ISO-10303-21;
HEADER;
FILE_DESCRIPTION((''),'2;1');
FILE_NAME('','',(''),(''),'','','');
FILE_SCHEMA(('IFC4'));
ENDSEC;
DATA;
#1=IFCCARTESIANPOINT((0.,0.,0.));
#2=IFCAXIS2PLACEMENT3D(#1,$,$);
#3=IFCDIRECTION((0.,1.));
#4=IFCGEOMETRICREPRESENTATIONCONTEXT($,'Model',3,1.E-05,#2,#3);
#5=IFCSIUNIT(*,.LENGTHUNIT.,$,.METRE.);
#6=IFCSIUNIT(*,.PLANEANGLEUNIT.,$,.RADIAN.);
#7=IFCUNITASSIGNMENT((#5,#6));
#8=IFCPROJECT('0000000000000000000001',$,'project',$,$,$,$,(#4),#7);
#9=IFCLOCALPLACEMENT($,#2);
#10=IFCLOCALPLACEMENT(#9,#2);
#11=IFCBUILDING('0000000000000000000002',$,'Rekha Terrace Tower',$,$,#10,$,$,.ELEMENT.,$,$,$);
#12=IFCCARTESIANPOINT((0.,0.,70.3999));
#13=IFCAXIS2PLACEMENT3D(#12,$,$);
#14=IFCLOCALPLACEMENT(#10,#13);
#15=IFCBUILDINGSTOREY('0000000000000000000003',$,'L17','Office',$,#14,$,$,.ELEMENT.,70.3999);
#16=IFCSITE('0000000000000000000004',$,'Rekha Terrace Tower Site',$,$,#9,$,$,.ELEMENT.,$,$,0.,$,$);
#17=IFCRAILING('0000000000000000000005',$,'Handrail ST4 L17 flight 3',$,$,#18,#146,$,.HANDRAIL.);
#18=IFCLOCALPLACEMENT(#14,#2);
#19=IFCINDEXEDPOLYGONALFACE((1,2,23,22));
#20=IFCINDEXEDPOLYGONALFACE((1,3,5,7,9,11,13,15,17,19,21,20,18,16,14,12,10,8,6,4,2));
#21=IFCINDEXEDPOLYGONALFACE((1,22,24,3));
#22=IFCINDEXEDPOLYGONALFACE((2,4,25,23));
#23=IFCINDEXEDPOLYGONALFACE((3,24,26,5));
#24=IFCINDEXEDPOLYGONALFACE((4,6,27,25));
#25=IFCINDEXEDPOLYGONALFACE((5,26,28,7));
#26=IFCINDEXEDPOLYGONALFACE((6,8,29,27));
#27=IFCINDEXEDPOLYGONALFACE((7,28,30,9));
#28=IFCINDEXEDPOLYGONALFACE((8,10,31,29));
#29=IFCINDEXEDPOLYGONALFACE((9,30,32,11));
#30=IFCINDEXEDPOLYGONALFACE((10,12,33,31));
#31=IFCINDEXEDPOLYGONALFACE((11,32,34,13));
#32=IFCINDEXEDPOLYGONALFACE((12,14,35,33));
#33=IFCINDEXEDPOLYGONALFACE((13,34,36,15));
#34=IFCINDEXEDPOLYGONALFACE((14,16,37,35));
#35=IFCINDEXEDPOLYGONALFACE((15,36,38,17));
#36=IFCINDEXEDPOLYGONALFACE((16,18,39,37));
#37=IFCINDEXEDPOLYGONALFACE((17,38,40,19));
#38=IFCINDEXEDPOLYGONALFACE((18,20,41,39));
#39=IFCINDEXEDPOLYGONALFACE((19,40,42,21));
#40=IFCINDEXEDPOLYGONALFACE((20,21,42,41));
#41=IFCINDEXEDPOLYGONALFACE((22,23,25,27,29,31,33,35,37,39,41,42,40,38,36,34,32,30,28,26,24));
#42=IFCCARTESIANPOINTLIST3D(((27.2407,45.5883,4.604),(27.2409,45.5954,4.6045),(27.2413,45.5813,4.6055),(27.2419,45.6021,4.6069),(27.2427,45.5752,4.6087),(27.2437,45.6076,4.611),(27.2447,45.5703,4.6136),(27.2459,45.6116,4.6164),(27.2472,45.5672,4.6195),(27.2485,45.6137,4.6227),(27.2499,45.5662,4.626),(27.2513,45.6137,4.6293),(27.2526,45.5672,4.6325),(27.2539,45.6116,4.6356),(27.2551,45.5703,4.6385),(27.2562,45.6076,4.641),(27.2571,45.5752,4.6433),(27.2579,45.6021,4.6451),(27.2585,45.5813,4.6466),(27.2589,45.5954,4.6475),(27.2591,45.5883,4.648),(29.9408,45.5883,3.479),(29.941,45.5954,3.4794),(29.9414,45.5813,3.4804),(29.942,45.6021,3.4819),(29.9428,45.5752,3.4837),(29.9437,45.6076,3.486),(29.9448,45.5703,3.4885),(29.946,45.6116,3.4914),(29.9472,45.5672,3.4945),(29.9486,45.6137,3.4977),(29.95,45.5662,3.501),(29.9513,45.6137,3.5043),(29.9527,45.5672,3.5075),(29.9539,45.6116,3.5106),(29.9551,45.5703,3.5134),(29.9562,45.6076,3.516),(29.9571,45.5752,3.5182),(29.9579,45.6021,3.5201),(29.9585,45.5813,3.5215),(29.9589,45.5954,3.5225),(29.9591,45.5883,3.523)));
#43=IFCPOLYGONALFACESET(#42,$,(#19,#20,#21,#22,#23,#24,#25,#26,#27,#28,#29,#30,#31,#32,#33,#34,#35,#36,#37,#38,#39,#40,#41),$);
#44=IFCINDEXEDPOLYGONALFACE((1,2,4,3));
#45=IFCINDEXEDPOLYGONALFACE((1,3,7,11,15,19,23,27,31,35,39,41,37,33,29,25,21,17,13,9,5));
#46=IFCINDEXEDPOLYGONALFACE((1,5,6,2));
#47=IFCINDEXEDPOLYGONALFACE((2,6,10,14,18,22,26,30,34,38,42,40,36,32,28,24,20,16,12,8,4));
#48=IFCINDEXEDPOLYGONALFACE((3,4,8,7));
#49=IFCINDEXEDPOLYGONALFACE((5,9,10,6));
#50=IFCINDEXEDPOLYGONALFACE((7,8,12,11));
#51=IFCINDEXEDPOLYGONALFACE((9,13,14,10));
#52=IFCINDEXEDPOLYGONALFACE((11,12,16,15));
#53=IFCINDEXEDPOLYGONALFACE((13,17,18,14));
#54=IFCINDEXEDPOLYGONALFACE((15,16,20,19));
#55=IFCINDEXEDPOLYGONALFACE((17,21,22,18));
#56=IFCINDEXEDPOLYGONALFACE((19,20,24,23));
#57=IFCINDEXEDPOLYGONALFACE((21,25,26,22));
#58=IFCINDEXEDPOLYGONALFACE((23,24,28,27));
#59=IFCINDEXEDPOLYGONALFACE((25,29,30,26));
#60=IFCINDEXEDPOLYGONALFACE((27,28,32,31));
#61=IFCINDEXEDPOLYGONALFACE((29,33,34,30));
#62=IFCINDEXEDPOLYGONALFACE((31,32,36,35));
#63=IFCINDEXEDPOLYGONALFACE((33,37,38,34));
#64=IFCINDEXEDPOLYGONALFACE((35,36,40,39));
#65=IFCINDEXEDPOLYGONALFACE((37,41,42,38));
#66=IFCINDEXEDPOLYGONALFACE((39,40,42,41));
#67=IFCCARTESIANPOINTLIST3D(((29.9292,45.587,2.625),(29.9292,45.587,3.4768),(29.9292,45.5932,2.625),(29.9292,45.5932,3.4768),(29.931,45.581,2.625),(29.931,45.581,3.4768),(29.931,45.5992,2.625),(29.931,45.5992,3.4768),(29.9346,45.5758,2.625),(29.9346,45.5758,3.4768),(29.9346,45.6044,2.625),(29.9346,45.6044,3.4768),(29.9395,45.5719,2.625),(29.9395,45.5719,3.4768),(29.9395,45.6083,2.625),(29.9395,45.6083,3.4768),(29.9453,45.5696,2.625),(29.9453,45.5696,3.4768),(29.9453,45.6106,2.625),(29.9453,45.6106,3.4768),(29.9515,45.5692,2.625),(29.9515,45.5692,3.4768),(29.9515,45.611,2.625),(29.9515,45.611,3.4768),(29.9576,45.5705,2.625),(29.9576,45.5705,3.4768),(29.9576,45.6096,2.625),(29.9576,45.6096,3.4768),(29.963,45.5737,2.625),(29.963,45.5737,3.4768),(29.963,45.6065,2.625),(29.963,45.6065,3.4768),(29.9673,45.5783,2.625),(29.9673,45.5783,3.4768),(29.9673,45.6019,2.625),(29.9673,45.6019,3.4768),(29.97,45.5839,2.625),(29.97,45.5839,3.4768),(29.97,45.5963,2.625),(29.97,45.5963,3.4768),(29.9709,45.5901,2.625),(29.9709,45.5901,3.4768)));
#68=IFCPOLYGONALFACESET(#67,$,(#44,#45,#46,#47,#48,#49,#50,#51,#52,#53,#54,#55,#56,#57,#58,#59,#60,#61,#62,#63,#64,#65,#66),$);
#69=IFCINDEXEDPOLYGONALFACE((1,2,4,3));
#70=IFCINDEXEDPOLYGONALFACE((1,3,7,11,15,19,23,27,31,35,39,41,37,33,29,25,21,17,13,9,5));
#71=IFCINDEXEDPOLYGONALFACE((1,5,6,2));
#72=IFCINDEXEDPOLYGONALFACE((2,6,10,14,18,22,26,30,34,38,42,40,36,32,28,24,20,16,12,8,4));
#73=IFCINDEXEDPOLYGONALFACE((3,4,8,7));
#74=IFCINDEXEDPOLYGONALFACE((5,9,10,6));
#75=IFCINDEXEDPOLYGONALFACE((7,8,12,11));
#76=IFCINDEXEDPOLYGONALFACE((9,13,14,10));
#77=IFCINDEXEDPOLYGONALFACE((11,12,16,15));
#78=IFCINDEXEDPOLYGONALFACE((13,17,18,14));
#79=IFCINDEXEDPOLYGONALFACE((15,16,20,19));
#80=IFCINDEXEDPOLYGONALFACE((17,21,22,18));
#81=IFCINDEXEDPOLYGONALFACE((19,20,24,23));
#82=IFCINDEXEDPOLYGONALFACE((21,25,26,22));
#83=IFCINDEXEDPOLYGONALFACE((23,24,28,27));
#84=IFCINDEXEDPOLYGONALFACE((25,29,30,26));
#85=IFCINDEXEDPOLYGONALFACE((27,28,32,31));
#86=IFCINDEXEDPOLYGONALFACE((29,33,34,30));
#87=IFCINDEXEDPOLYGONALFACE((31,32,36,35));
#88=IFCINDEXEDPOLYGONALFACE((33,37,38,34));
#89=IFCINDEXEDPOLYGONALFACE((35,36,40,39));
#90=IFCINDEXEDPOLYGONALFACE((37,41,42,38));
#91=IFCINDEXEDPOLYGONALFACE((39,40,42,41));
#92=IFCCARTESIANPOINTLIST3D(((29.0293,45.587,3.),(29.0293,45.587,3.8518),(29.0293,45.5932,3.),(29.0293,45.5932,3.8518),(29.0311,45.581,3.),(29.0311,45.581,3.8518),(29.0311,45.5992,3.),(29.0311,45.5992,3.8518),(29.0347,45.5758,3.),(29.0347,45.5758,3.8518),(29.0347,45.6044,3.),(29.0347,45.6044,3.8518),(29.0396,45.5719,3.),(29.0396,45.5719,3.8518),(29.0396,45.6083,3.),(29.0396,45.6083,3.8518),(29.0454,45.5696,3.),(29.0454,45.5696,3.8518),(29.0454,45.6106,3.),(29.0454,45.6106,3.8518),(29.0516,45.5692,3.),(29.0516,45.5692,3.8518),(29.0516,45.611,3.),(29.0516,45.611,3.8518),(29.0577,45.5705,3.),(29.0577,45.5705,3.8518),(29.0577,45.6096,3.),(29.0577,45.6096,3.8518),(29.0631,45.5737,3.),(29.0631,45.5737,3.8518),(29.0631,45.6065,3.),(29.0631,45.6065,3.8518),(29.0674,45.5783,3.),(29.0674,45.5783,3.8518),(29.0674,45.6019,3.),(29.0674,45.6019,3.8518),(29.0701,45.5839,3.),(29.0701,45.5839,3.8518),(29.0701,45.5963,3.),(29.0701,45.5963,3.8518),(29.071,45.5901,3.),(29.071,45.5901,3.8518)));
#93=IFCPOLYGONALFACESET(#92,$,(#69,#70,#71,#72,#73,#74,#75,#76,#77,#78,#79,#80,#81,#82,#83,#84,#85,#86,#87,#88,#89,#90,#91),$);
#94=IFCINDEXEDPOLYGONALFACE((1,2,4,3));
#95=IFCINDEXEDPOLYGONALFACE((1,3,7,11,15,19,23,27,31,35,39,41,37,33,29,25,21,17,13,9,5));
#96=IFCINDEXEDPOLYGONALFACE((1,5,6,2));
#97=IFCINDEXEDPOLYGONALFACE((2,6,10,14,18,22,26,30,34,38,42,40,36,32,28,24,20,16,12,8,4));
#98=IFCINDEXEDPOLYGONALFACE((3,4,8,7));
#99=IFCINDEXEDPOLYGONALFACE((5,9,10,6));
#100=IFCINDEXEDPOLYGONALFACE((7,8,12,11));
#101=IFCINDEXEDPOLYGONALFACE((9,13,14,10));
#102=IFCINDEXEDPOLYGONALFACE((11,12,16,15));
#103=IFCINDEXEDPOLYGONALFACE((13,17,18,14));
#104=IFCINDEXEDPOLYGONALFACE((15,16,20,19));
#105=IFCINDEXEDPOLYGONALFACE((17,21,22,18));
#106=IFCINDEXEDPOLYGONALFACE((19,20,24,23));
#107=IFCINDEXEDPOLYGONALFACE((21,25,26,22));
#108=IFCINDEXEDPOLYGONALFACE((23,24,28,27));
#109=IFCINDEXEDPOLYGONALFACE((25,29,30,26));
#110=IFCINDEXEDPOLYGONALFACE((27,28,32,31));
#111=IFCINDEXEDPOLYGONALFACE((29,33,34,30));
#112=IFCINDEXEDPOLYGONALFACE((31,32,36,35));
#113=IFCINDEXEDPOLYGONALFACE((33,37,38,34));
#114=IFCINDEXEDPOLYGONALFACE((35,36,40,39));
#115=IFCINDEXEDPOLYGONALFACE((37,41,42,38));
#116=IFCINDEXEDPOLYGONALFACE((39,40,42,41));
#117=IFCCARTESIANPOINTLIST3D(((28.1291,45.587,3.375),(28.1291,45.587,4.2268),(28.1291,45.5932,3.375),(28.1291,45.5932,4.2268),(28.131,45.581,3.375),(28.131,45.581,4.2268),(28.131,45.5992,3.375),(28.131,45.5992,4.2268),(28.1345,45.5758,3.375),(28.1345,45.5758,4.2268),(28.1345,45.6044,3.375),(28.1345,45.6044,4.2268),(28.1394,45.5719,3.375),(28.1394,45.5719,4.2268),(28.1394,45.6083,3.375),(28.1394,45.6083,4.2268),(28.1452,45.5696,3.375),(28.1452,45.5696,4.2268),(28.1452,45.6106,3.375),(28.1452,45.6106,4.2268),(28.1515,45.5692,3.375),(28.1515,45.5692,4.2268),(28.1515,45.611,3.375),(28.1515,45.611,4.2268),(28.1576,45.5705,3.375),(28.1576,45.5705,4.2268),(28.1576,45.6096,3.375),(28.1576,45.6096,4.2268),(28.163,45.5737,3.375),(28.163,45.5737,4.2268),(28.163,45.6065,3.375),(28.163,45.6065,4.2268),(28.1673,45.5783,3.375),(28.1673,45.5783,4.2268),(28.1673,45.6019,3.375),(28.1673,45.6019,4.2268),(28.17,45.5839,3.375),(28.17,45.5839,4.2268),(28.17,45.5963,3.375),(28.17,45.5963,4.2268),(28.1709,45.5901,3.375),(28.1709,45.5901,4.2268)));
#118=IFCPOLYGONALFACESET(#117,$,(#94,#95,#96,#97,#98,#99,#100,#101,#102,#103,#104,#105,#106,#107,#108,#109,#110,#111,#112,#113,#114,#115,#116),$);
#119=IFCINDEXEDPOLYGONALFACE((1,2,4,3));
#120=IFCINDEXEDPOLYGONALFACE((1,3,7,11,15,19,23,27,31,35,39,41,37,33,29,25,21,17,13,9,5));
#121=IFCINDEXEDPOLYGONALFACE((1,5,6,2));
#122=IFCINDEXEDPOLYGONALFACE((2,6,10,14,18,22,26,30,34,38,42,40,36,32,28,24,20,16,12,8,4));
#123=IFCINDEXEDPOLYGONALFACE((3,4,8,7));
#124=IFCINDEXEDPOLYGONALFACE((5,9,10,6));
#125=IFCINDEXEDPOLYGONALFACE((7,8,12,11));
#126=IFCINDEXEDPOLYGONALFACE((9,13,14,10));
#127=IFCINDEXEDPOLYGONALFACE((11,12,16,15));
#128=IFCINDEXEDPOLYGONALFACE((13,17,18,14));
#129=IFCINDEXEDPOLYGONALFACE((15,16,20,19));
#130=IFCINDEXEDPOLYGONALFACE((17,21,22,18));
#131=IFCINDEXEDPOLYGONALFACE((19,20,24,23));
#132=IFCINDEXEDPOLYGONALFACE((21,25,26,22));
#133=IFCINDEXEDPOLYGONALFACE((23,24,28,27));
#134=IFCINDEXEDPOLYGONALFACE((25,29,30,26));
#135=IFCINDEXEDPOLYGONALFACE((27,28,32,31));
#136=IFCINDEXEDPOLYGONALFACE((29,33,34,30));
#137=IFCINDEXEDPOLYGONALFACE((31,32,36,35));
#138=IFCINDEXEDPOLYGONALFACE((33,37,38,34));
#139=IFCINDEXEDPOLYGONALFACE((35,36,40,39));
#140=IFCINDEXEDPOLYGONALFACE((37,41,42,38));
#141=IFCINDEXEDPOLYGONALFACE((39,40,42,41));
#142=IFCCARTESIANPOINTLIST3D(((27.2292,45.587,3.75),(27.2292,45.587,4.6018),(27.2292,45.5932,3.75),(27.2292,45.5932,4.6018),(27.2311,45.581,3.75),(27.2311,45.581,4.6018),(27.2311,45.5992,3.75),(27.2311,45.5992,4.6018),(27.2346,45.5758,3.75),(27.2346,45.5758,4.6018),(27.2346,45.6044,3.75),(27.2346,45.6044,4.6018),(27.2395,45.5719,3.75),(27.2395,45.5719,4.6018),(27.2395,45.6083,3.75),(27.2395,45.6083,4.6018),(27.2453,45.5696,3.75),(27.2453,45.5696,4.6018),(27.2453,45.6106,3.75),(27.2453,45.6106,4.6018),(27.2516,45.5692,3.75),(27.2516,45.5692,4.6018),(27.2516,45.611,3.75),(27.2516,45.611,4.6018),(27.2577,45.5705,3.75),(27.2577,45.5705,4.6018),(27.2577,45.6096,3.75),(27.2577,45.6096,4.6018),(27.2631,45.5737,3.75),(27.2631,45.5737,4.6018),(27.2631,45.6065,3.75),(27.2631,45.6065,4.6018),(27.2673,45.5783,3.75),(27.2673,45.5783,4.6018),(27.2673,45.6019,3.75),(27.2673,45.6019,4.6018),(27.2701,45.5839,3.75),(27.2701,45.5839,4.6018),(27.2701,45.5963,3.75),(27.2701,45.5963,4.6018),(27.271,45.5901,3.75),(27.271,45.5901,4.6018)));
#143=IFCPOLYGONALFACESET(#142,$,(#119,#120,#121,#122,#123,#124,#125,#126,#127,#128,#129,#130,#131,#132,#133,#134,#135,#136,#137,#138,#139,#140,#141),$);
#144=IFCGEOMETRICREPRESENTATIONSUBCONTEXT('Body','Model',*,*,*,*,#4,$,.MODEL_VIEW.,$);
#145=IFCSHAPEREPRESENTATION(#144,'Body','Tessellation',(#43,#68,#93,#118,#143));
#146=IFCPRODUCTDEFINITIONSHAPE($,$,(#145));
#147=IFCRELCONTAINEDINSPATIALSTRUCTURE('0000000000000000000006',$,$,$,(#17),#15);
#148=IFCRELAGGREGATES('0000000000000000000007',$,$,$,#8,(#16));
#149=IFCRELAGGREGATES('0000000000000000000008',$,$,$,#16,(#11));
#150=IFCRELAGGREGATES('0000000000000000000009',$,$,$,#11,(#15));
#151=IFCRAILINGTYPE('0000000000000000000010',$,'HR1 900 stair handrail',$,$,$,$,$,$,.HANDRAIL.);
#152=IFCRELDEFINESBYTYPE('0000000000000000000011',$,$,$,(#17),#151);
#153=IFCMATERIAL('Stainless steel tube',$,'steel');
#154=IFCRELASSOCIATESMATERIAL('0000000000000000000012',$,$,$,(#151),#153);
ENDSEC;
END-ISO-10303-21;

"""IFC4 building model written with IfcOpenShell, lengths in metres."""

from ifc_helpers import new_model, si_unit, direction, frame, origin, origin_2d, place, context, subcontext, project, spatial, circle, extrude, material, type_object, element, save


model = new_model("IFC4")

# Units and contexts
model_context = context("Model", 3, precision=1e-05, world=origin(), true_north=direction((0.0, 1.0)))
body_context = subcontext(model_context, "Body", "Model", "MODEL_VIEW")
ifc_project = project(units=[si_unit("LENGTHUNIT", "METRE"), si_unit("PLANEANGLEUNIT", "RADIAN")], contexts=[model_context])

# Site, building, storey
site_placement = place(None, origin())
site = spatial("IfcSite", under=ifc_project, at=site_placement, Name="Rekha Terrace Tower Site", CompositionType="ELEMENT", RefElevation=0.0)
building_placement = place(site_placement, origin())
building = spatial("IfcBuilding", under=site, at=building_placement, Name="Rekha Terrace Tower", CompositionType="ELEMENT")
storey_placement = place(building_placement, frame((0.0, 0.0, 70.3999)))
storey = spatial("IfcBuildingStorey", under=building, at=storey_placement, Name="L17", Description="Office", CompositionType="ELEMENT", Elevation=70.3999)

# Railing
ifc_material_1 = material(Name="Stainless steel tube", Category="steel")
railing_type_1 = type_object("IfcRailingType", Name="HR1 900 stair handrail", PredefinedType="HANDRAIL", material=ifc_material_1)
railing_1_placement = place(storey_placement, frame((29.95, 45.5901, 2.625)))
element("IfcRailing", 1, at=railing_1_placement, inside=storey, type_object=railing_type_1, Name="Handrail ST4 L17 flight 3", PredefinedType="HANDRAIL", context=body_context, shape_type="SweptSolid", body=[
    extrude(circle(Radius=0.0239, at=origin_2d()), frame((0.0, 0.0, 0.876), z_axis=(-0.923074, 0.0, 0.384621), x_axis=(0.0, -1.0, 0.0)), (0.0, 0.0, 1.0), 2.925),
    extrude(circle(Radius=0.021, at=origin_2d()), origin(), (0.0, 0.0, 1.0), 0.8518),
    extrude(circle(Radius=0.021, at=origin_2d()), frame((-0.8999, 0.0, 0.375)), (0.0, 0.0, 1.0), 0.8518),
    extrude(circle(Radius=0.021, at=origin_2d()), frame((-1.8, 0.0, 0.75)), (0.0, 0.0, 1.0), 0.8518),
    extrude(circle(Radius=0.021, at=origin_2d()), frame((-2.7, 0.0, 1.125)), (0.0, 0.0, 1.0), 0.8518),
])

save(model, "model.ifc")
